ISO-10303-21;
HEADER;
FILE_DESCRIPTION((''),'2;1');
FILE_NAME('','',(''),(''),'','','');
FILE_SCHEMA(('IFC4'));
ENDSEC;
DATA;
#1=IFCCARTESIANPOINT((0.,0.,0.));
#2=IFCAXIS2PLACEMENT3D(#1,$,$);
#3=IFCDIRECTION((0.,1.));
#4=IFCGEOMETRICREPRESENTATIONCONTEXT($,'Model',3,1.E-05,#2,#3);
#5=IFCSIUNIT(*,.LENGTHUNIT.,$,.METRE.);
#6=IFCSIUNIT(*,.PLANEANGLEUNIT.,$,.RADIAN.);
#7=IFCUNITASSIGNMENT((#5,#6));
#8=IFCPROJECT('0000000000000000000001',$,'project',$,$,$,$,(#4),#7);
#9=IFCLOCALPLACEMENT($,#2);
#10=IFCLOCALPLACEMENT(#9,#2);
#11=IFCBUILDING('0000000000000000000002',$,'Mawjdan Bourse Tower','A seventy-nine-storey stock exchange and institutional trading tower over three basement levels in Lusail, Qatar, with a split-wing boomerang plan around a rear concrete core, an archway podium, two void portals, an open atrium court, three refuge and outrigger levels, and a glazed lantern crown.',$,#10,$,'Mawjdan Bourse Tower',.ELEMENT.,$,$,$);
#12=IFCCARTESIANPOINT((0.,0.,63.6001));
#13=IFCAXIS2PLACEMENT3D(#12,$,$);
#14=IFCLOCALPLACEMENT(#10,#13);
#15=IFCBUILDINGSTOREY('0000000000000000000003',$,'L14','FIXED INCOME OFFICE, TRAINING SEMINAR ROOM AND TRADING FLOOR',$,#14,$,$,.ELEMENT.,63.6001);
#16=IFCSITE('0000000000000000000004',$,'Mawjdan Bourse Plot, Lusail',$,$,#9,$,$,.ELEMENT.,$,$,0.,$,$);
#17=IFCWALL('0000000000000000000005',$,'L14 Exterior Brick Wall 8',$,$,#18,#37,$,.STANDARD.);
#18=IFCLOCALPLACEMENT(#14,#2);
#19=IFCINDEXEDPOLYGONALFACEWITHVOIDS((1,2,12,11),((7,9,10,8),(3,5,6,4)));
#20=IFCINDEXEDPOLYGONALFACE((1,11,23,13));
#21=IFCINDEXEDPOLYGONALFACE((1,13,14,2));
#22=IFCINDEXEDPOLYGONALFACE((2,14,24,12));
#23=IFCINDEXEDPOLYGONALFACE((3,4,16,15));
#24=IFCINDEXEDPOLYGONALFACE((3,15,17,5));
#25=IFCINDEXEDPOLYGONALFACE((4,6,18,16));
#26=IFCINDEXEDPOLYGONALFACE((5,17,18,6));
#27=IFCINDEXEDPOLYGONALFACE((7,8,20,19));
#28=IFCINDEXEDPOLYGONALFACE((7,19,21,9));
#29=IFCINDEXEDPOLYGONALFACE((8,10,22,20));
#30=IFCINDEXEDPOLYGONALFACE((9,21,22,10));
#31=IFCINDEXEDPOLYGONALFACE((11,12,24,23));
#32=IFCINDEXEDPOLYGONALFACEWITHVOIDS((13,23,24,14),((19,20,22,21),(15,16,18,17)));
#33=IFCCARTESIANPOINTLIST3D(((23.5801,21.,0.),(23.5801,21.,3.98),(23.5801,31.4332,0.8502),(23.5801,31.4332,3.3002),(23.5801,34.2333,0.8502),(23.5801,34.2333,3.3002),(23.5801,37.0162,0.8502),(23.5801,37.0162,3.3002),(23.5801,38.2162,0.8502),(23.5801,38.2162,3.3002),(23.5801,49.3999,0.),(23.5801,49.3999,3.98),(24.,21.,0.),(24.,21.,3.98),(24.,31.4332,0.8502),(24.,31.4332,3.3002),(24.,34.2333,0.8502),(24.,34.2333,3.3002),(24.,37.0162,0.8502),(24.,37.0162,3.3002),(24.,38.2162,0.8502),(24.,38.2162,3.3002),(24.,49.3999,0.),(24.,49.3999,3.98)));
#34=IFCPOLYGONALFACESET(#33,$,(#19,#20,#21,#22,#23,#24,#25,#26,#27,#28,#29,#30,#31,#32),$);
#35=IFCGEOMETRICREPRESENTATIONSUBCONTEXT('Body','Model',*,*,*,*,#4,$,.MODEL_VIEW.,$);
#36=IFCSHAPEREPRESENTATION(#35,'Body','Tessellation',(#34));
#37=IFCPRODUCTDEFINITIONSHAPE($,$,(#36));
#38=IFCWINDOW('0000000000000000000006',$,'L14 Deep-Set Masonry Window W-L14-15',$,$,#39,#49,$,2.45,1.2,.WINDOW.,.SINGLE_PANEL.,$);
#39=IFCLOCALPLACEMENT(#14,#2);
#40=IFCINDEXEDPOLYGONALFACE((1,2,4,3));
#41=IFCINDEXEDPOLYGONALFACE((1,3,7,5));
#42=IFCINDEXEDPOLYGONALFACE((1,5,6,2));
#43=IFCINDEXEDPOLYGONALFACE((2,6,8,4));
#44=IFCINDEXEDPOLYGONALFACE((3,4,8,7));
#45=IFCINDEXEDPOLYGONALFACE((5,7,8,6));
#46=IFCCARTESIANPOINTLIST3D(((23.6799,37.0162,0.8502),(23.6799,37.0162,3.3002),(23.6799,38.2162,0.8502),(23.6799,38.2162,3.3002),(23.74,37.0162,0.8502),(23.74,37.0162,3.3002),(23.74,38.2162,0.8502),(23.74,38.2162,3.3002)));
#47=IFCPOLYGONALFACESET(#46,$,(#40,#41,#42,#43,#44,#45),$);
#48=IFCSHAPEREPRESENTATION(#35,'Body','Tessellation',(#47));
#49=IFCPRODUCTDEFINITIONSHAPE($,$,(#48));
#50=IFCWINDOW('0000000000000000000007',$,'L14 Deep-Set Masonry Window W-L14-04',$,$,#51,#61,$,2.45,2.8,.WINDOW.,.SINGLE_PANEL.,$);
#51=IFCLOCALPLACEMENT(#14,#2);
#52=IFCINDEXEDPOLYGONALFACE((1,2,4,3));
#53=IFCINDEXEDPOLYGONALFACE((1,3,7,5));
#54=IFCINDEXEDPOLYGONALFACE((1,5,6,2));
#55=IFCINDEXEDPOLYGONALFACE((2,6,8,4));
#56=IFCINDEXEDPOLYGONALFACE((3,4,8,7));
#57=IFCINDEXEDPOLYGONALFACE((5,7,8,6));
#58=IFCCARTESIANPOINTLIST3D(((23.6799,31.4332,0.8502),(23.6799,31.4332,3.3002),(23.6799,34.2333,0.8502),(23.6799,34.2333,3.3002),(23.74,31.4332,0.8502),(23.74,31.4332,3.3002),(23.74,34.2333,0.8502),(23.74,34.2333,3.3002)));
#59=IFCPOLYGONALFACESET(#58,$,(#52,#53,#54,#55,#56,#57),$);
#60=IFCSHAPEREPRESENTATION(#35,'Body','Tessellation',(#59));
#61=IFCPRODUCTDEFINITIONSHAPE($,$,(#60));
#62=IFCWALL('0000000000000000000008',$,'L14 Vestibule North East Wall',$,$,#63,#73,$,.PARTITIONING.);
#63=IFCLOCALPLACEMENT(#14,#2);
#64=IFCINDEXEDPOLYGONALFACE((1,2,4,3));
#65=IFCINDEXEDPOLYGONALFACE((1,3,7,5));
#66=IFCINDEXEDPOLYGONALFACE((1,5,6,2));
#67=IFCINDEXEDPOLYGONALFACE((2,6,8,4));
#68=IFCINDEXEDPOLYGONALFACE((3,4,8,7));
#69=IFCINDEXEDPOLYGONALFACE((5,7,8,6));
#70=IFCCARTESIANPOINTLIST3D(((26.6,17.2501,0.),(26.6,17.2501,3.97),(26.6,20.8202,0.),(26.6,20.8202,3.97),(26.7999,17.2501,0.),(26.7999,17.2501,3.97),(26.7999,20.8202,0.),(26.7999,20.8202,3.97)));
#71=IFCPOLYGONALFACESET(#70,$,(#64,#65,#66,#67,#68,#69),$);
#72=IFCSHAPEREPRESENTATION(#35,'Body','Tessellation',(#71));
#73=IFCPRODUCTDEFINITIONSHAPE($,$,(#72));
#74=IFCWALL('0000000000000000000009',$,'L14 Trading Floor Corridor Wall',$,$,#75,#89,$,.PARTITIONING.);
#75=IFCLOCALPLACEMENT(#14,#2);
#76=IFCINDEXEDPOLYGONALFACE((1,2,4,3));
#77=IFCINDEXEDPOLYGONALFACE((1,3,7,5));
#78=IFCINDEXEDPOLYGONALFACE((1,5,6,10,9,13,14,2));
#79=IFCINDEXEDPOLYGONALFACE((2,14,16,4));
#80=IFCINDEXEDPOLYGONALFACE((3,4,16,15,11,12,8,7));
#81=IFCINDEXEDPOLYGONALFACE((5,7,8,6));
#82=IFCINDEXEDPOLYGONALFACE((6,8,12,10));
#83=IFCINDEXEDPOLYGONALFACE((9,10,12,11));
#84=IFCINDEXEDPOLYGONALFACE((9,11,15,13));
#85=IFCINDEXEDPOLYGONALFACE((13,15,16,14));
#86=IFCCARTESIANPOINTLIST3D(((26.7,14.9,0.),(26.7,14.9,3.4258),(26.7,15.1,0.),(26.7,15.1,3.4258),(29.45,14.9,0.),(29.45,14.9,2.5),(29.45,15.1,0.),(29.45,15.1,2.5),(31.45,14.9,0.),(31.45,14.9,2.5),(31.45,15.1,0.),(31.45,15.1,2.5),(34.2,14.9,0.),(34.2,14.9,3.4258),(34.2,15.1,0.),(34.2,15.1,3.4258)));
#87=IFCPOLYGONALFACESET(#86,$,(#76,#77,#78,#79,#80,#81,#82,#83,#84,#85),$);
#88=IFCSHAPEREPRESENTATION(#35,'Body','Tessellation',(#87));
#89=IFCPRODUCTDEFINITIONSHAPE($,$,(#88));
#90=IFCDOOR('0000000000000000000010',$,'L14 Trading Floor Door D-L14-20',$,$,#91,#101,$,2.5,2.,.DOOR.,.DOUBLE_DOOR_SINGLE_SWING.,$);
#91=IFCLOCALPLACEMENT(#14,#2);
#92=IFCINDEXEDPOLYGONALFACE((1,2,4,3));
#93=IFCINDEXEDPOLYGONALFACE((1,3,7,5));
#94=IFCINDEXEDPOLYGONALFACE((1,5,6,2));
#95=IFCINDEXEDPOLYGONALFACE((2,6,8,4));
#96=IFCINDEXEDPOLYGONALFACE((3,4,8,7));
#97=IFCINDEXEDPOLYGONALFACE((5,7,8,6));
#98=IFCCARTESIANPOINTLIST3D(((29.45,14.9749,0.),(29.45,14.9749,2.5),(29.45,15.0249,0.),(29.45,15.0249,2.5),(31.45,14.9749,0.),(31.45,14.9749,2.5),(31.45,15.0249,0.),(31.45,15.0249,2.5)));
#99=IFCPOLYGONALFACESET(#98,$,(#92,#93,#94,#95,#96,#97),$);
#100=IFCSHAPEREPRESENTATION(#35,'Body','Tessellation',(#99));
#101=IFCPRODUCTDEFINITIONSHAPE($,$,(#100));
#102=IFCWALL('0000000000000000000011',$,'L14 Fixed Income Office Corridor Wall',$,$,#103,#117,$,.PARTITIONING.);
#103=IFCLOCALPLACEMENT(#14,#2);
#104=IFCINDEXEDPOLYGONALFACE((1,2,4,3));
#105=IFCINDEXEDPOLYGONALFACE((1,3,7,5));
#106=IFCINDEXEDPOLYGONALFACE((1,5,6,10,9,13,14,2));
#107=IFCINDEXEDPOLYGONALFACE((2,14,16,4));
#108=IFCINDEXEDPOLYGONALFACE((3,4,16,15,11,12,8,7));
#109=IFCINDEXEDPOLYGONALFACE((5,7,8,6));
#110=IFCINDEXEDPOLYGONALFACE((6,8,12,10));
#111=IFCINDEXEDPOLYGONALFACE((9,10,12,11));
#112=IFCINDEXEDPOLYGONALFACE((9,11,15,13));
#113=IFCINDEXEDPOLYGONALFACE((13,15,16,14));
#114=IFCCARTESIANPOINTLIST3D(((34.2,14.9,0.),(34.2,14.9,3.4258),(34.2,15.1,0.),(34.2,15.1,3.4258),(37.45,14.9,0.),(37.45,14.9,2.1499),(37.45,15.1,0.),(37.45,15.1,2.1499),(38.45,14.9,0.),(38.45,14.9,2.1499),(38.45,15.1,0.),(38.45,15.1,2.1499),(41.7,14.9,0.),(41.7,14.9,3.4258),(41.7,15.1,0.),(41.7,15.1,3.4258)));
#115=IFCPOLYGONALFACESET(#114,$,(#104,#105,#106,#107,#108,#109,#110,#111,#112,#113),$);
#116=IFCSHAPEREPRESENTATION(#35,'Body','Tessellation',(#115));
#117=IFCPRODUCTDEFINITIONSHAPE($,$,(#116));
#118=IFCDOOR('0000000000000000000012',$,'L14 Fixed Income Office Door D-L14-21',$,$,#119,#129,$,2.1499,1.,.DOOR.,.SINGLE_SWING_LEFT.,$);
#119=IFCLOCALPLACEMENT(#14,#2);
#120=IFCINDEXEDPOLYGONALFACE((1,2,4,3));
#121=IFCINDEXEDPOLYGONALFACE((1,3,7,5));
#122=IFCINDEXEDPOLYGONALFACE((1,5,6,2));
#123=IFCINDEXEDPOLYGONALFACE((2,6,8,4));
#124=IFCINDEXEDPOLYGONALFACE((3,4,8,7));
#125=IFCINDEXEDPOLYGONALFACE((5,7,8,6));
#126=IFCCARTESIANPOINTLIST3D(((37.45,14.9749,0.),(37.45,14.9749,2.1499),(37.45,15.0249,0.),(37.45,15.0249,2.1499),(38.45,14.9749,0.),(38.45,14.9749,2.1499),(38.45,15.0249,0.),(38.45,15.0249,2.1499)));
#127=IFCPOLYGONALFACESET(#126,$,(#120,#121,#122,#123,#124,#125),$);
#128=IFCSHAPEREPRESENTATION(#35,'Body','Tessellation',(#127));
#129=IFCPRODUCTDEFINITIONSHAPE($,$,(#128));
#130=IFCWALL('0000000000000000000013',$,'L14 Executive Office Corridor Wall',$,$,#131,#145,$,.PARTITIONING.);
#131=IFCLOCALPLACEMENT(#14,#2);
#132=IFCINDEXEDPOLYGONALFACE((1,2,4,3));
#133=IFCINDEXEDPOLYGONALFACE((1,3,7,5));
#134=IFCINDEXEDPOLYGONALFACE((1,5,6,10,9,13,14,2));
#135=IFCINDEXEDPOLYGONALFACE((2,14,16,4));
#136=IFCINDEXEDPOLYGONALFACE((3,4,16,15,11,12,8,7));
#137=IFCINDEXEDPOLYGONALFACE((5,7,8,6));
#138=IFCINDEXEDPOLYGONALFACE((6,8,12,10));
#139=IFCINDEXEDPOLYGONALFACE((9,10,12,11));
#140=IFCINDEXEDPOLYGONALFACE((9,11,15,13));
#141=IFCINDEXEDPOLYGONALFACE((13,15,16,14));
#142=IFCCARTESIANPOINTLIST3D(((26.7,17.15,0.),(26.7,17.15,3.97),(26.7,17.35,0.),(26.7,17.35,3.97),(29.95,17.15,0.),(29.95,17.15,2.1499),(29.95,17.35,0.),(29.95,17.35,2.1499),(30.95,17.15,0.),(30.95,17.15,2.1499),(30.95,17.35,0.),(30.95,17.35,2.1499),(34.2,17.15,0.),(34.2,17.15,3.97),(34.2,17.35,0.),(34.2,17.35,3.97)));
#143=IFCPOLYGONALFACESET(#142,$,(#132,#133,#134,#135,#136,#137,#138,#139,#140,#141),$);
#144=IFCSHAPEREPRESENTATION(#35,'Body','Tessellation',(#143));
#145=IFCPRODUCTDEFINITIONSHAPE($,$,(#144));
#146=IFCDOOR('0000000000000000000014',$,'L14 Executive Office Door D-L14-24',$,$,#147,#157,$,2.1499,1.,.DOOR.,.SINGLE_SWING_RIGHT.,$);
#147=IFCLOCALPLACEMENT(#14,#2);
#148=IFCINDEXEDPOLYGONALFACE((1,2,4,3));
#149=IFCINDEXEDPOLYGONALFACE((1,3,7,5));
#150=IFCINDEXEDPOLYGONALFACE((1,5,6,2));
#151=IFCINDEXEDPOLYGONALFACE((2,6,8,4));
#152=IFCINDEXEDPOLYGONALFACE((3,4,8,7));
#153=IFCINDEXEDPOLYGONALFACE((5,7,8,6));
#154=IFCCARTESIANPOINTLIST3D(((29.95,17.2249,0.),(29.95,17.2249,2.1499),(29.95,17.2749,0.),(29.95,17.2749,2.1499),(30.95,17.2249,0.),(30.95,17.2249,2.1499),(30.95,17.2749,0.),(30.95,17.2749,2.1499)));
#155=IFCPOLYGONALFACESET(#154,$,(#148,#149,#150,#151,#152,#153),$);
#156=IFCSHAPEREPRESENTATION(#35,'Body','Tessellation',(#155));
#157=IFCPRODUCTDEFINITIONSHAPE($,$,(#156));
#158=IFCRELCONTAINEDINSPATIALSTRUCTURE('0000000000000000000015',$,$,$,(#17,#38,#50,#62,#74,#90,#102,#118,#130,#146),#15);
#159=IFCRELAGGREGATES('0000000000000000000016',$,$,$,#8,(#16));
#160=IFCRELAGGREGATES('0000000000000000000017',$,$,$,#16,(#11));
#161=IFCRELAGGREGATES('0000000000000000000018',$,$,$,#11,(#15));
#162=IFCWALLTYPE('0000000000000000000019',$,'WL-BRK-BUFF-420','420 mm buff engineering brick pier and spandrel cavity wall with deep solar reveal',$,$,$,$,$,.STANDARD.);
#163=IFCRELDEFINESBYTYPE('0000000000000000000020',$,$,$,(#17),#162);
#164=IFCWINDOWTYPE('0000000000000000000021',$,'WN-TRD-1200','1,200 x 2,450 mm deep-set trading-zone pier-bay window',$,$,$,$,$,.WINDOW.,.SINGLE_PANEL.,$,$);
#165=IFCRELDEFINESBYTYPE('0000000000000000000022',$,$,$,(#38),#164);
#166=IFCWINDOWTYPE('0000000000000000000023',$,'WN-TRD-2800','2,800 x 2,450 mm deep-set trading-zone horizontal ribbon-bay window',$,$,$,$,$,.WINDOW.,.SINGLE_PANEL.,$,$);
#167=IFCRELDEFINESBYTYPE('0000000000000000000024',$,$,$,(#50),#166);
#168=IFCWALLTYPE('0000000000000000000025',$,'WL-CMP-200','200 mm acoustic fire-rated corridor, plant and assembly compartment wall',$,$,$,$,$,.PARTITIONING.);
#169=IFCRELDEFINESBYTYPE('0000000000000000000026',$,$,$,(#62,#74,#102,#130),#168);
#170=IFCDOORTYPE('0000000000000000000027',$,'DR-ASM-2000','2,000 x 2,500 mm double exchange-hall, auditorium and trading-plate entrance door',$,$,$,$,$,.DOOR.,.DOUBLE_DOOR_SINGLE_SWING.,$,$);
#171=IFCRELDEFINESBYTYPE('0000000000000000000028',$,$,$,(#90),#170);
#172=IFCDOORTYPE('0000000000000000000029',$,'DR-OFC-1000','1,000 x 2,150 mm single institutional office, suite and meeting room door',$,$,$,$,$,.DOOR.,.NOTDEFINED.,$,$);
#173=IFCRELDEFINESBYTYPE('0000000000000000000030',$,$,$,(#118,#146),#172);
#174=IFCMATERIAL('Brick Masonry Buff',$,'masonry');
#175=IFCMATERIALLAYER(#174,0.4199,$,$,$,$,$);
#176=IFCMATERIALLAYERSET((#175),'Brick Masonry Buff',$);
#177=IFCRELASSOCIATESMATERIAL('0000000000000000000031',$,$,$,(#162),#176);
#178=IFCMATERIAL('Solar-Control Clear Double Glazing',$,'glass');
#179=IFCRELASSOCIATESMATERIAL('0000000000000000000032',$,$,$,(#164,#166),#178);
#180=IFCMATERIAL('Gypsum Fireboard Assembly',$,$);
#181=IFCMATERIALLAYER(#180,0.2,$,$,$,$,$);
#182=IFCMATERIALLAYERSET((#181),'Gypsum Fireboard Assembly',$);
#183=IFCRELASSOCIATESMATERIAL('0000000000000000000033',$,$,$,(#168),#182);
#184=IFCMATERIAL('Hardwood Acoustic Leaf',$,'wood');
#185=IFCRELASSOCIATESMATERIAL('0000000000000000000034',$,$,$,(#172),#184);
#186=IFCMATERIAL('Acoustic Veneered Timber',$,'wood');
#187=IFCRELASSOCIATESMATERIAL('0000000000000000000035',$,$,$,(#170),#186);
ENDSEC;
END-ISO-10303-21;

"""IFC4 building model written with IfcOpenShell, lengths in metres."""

from ifc_helpers import new_model, si_unit, direction, frame, frame_2d, origin, place, context, subcontext, project, spatial, rectangle, extrude, material, layer, layer_set, type_object, element, fill, save


model = new_model("IFC4")

# Units and contexts
model_context = context("Model", 3, precision=1e-05, world=origin(), true_north=direction((0.0, 1.0)))
body_context = subcontext(model_context, "Body", "Model", "MODEL_VIEW")
ifc_project = project(units=[si_unit("LENGTHUNIT", "METRE"), si_unit("PLANEANGLEUNIT", "RADIAN")], contexts=[model_context])

# Site, building, storey
site_placement = place(None, origin())
site = spatial("IfcSite", under=ifc_project, at=site_placement, Name="Mawjdan Bourse Plot, Lusail", CompositionType="ELEMENT", RefElevation=0.0)
building_placement = place(site_placement, origin())
building = spatial("IfcBuilding", under=site, at=building_placement, Name="Mawjdan Bourse Tower", Description="A seventy-nine-storey stock exchange and institutional trading tower over three basement levels in Lusail, Qatar, with a split-wing boomerang plan around a rear concrete core, an archway podium, two void portals, an open atrium court, three refuge and outrigger levels, and a glazed lantern crown.", LongName="Mawjdan Bourse Tower", CompositionType="ELEMENT")
storey_placement = place(building_placement, frame((0.0, 0.0, 63.6001)))
storey = spatial("IfcBuildingStorey", under=building, at=storey_placement, Name="L14", Description="FIXED INCOME OFFICE, TRAINING SEMINAR ROOM AND TRADING FLOOR", CompositionType="ELEMENT", Elevation=63.6001)

# Wall, openings, windows
ifc_material_1 = material(Name="Brick Masonry Buff", Category="masonry")
ifc_layer_1 = layer(ifc_material_1, 0.4199)
ifc_layer_set_1 = layer_set([ifc_layer_1], Name="Brick Masonry Buff")
wall_type_1 = type_object("IfcWallType", Name="WL-BRK-BUFF-420", Description="420 mm buff engineering brick pier and spandrel cavity wall with deep solar reveal", PredefinedType="STANDARD", material=ifc_layer_set_1)
wall_1_placement = place(storey_placement, frame((23.79, 21.0, 0.0), z_axis=(0.0, 0.0, 1.0), x_axis=(0.0, 1.0, 0.0)))
wall_1 = element("IfcWall", 1, at=wall_1_placement, inside=storey, type_object=wall_type_1, Name="L14 Exterior Brick Wall 8", PredefinedType="STANDARD", context=body_context, shape_type="SweptSolid", body=[
    extrude(rectangle(XDim=28.3999, YDim=0.4199, at=frame_2d((14.2, 0.0))), origin(), (0.0, 0.0, 1.0), 3.98),
])
opening_1_placement = place(wall_1_placement, frame((10.4333, 0.0, 0.8501)))
opening_1 = element("IfcOpeningElement", 2, at=opening_1_placement, cuts=wall_1, PredefinedType="OPENING", context=body_context, shape_type="SweptSolid", body=[
    extrude(rectangle(XDim=2.8, YDim=2.45, at=frame_2d((1.3999, 1.2251))), frame((0.0, 0.22, 0.0), z_axis=(0.0, -1.0, 0.0), x_axis=(1.0, 0.0, 0.0)), (0.0, 0.0, 1.0), 0.4399),
])
opening_2_placement = place(wall_1_placement, frame((16.0161, 0.0, 0.8501)))
opening_2 = element("IfcOpeningElement", 3, at=opening_2_placement, cuts=wall_1, PredefinedType="OPENING", context=body_context, shape_type="SweptSolid", body=[
    extrude(rectangle(XDim=1.2, YDim=2.45, at=frame_2d((0.6001, 1.2251))), frame((0.0, 0.22, 0.0), z_axis=(0.0, -1.0, 0.0), x_axis=(1.0, 0.0, 0.0)), (0.0, 0.0, 1.0), 0.4399),
])
ifc_material_2 = material(Name="Solar-Control Clear Double Glazing", Category="glass")
window_type_1 = type_object("IfcWindowType", Name="WN-TRD-1200", Description="1,200 x 2,450 mm deep-set trading-zone pier-bay window", PartitioningType="SINGLE_PANEL", PredefinedType="WINDOW", material=ifc_material_2)
window_1_placement = place(opening_2_placement, origin())
window_1 = element("IfcWindow", 4, at=window_1_placement, inside=storey, type_object=window_type_1, Name="L14 Deep-Set Masonry Window W-L14-15", OverallHeight=2.45, OverallWidth=1.2, PartitioningType="SINGLE_PANEL", PredefinedType="WINDOW", context=body_context, shape_type="SweptSolid", body=[
    extrude(rectangle(XDim=1.2, YDim=2.45, at=frame_2d((0.6001, 1.2251))), frame((0.0, 0.1101, 0.0), z_axis=(0.0, -1.0, 0.0), x_axis=(1.0, 0.0, 0.0)), (0.0, 0.0, 1.0), 0.0601),
])
fill(opening_2, window_1)
window_type_2 = type_object("IfcWindowType", Name="WN-TRD-2800", Description="2,800 x 2,450 mm deep-set trading-zone horizontal ribbon-bay window", PartitioningType="SINGLE_PANEL", PredefinedType="WINDOW", material=ifc_material_2)
window_2_placement = place(opening_1_placement, origin())
window_2 = element("IfcWindow", 5, at=window_2_placement, inside=storey, type_object=window_type_2, Name="L14 Deep-Set Masonry Window W-L14-04", OverallHeight=2.45, OverallWidth=2.8, PartitioningType="SINGLE_PANEL", PredefinedType="WINDOW", context=body_context, shape_type="SweptSolid", body=[
    extrude(rectangle(XDim=2.8, YDim=2.45, at=frame_2d((1.3999, 1.2251))), frame((0.0, 0.1101, 0.0), z_axis=(0.0, -1.0, 0.0), x_axis=(1.0, 0.0, 0.0)), (0.0, 0.0, 1.0), 0.0601),
])
fill(opening_1, window_2)

# Shared definitions
ifc_material_3 = material(Name="Gypsum Fireboard Assembly")
ifc_layer_2 = layer(ifc_material_3, 0.2)
ifc_layer_set_2 = layer_set([ifc_layer_2], Name="Gypsum Fireboard Assembly")
wall_type_2 = type_object("IfcWallType", Name="WL-CMP-200", Description="200 mm acoustic fire-rated corridor, plant and assembly compartment wall", PredefinedType="PARTITIONING", material=ifc_layer_set_2)
ifc_material_4 = material(Name="Hardwood Acoustic Leaf", Category="wood")
door_type_1 = type_object("IfcDoorType", Name="DR-OFC-1000", Description="1,000 x 2,150 mm single institutional office, suite and meeting room door", OperationType="NOTDEFINED", PredefinedType="DOOR", material=ifc_material_4)

# Wall
wall_2_placement = place(storey_placement, frame((26.7, 17.25, 0.0), z_axis=(0.0, 0.0, 1.0), x_axis=(0.0, 1.0, 0.0)))
element("IfcWall", 6, at=wall_2_placement, inside=storey, type_object=wall_type_2, Name="L14 Vestibule North East Wall", PredefinedType="PARTITIONING", context=body_context, shape_type="SweptSolid", body=[
    extrude(rectangle(XDim=3.5701, YDim=0.2, at=frame_2d((1.7852, 0.0))), origin(), (0.0, 0.0, 1.0), 3.97),
])

# Walls, openings, doors
wall_3_placement = place(storey_placement, frame((26.7, 15.0, 0.0), z_axis=(0.0, 0.0, 1.0), x_axis=(1.0, 0.0, 0.0)))
wall_3 = element("IfcWall", 7, at=wall_3_placement, inside=storey, type_object=wall_type_2, Name="L14 Trading Floor Corridor Wall", PredefinedType="PARTITIONING", context=body_context, shape_type="SweptSolid", body=[
    extrude(rectangle(XDim=7.5, YDim=0.2, at=frame_2d((3.75, 0.0))), origin(), (0.0, 0.0, 1.0), 3.4258),
])
opening_3_placement = place(wall_3_placement, frame((2.75, 0.0, 0.0)))
opening_3 = element("IfcOpeningElement", 8, at=opening_3_placement, cuts=wall_3, PredefinedType="OPENING", context=body_context, shape_type="SweptSolid", body=[
    extrude(rectangle(XDim=2.0, YDim=2.5, at=frame_2d((1.0, 1.25))), frame((0.0, 0.1099, 0.0), z_axis=(0.0, -1.0, 0.0), x_axis=(1.0, 0.0, 0.0)), (0.0, 0.0, 1.0), 0.22),
])
ifc_material_5 = material(Name="Acoustic Veneered Timber", Category="wood")
door_type_2 = type_object("IfcDoorType", Name="DR-ASM-2000", Description="2,000 x 2,500 mm double exchange-hall, auditorium and trading-plate entrance door", OperationType="DOUBLE_DOOR_SINGLE_SWING", PredefinedType="DOOR", material=ifc_material_5)
door_1_placement = place(opening_3_placement, origin())
door_1 = element("IfcDoor", 9, at=door_1_placement, inside=storey, type_object=door_type_2, Name="L14 Trading Floor Door D-L14-20", OperationType="DOUBLE_DOOR_SINGLE_SWING", OverallHeight=2.5, OverallWidth=2.0, PredefinedType="DOOR", context=body_context, shape_type="SweptSolid", body=[
    extrude(rectangle(XDim=2.0, YDim=2.5, at=frame_2d((1.0, 1.25))), frame((0.0, 0.0249, 0.0), z_axis=(0.0, -1.0, 0.0), x_axis=(1.0, 0.0, 0.0)), (0.0, 0.0, 1.0), 0.05),
])
fill(opening_3, door_1)
wall_4_placement = place(storey_placement, frame((34.2, 15.0, 0.0), z_axis=(0.0, 0.0, 1.0), x_axis=(1.0, 0.0, 0.0)))
wall_4 = element("IfcWall", 10, at=wall_4_placement, inside=storey, type_object=wall_type_2, Name="L14 Fixed Income Office Corridor Wall", PredefinedType="PARTITIONING", context=body_context, shape_type="SweptSolid", body=[
    extrude(rectangle(XDim=7.5, YDim=0.2, at=frame_2d((3.75, 0.0))), origin(), (0.0, 0.0, 1.0), 3.4258),
])
opening_4_placement = place(wall_4_placement, frame((3.25, 0.0, 0.0)))
opening_4 = element("IfcOpeningElement", 11, at=opening_4_placement, cuts=wall_4, PredefinedType="OPENING", context=body_context, shape_type="SweptSolid", body=[
    extrude(rectangle(XDim=1.0, YDim=2.1499, at=frame_2d((0.5, 1.075))), frame((0.0, 0.1099, 0.0), z_axis=(0.0, -1.0, 0.0), x_axis=(1.0, 0.0, 0.0)), (0.0, 0.0, 1.0), 0.22),
])
door_2_placement = place(opening_4_placement, origin())
door_2 = element("IfcDoor", 12, at=door_2_placement, inside=storey, type_object=door_type_1, Name="L14 Fixed Income Office Door D-L14-21", OperationType="SINGLE_SWING_LEFT", OverallHeight=2.1499, OverallWidth=1.0, PredefinedType="DOOR", context=body_context, shape_type="SweptSolid", body=[
    extrude(rectangle(XDim=1.0, YDim=2.1499, at=frame_2d((0.5, 1.075))), frame((0.0, 0.0249, 0.0), z_axis=(0.0, -1.0, 0.0), x_axis=(1.0, 0.0, 0.0)), (0.0, 0.0, 1.0), 0.05),
])
fill(opening_4, door_2)
wall_5_placement = place(storey_placement, frame((26.7, 17.25, 0.0), z_axis=(0.0, 0.0, 1.0), x_axis=(1.0, 0.0, 0.0)))
wall_5 = element("IfcWall", 13, at=wall_5_placement, inside=storey, type_object=wall_type_2, Name="L14 Executive Office Corridor Wall", PredefinedType="PARTITIONING", context=body_context, shape_type="SweptSolid", body=[
    extrude(rectangle(XDim=7.5, YDim=0.2, at=frame_2d((3.75, 0.0))), origin(), (0.0, 0.0, 1.0), 3.97),
])
opening_5_placement = place(wall_5_placement, frame((3.25, 0.0, 0.0)))
opening_5 = element("IfcOpeningElement", 14, at=opening_5_placement, cuts=wall_5, PredefinedType="OPENING", context=body_context, shape_type="SweptSolid", body=[
    extrude(rectangle(XDim=1.0, YDim=2.1499, at=frame_2d((0.5, 1.075))), frame((0.0, 0.1099, 0.0), z_axis=(0.0, -1.0, 0.0), x_axis=(1.0, 0.0, 0.0)), (0.0, 0.0, 1.0), 0.22),
])
door_3_placement = place(opening_5_placement, origin())
door_3 = element("IfcDoor", 15, at=door_3_placement, inside=storey, type_object=door_type_1, Name="L14 Executive Office Door D-L14-24", OperationType="SINGLE_SWING_RIGHT", OverallHeight=2.1499, OverallWidth=1.0, PredefinedType="DOOR", context=body_context, shape_type="SweptSolid", body=[
    extrude(rectangle(XDim=1.0, YDim=2.1499, at=frame_2d((0.5, 1.075))), frame((0.0, 0.0249, 0.0), z_axis=(0.0, -1.0, 0.0), x_axis=(1.0, 0.0, 0.0)), (0.0, 0.0, 1.0), 0.05),
])
fill(opening_5, door_3)

save(model, "model.ifc")
